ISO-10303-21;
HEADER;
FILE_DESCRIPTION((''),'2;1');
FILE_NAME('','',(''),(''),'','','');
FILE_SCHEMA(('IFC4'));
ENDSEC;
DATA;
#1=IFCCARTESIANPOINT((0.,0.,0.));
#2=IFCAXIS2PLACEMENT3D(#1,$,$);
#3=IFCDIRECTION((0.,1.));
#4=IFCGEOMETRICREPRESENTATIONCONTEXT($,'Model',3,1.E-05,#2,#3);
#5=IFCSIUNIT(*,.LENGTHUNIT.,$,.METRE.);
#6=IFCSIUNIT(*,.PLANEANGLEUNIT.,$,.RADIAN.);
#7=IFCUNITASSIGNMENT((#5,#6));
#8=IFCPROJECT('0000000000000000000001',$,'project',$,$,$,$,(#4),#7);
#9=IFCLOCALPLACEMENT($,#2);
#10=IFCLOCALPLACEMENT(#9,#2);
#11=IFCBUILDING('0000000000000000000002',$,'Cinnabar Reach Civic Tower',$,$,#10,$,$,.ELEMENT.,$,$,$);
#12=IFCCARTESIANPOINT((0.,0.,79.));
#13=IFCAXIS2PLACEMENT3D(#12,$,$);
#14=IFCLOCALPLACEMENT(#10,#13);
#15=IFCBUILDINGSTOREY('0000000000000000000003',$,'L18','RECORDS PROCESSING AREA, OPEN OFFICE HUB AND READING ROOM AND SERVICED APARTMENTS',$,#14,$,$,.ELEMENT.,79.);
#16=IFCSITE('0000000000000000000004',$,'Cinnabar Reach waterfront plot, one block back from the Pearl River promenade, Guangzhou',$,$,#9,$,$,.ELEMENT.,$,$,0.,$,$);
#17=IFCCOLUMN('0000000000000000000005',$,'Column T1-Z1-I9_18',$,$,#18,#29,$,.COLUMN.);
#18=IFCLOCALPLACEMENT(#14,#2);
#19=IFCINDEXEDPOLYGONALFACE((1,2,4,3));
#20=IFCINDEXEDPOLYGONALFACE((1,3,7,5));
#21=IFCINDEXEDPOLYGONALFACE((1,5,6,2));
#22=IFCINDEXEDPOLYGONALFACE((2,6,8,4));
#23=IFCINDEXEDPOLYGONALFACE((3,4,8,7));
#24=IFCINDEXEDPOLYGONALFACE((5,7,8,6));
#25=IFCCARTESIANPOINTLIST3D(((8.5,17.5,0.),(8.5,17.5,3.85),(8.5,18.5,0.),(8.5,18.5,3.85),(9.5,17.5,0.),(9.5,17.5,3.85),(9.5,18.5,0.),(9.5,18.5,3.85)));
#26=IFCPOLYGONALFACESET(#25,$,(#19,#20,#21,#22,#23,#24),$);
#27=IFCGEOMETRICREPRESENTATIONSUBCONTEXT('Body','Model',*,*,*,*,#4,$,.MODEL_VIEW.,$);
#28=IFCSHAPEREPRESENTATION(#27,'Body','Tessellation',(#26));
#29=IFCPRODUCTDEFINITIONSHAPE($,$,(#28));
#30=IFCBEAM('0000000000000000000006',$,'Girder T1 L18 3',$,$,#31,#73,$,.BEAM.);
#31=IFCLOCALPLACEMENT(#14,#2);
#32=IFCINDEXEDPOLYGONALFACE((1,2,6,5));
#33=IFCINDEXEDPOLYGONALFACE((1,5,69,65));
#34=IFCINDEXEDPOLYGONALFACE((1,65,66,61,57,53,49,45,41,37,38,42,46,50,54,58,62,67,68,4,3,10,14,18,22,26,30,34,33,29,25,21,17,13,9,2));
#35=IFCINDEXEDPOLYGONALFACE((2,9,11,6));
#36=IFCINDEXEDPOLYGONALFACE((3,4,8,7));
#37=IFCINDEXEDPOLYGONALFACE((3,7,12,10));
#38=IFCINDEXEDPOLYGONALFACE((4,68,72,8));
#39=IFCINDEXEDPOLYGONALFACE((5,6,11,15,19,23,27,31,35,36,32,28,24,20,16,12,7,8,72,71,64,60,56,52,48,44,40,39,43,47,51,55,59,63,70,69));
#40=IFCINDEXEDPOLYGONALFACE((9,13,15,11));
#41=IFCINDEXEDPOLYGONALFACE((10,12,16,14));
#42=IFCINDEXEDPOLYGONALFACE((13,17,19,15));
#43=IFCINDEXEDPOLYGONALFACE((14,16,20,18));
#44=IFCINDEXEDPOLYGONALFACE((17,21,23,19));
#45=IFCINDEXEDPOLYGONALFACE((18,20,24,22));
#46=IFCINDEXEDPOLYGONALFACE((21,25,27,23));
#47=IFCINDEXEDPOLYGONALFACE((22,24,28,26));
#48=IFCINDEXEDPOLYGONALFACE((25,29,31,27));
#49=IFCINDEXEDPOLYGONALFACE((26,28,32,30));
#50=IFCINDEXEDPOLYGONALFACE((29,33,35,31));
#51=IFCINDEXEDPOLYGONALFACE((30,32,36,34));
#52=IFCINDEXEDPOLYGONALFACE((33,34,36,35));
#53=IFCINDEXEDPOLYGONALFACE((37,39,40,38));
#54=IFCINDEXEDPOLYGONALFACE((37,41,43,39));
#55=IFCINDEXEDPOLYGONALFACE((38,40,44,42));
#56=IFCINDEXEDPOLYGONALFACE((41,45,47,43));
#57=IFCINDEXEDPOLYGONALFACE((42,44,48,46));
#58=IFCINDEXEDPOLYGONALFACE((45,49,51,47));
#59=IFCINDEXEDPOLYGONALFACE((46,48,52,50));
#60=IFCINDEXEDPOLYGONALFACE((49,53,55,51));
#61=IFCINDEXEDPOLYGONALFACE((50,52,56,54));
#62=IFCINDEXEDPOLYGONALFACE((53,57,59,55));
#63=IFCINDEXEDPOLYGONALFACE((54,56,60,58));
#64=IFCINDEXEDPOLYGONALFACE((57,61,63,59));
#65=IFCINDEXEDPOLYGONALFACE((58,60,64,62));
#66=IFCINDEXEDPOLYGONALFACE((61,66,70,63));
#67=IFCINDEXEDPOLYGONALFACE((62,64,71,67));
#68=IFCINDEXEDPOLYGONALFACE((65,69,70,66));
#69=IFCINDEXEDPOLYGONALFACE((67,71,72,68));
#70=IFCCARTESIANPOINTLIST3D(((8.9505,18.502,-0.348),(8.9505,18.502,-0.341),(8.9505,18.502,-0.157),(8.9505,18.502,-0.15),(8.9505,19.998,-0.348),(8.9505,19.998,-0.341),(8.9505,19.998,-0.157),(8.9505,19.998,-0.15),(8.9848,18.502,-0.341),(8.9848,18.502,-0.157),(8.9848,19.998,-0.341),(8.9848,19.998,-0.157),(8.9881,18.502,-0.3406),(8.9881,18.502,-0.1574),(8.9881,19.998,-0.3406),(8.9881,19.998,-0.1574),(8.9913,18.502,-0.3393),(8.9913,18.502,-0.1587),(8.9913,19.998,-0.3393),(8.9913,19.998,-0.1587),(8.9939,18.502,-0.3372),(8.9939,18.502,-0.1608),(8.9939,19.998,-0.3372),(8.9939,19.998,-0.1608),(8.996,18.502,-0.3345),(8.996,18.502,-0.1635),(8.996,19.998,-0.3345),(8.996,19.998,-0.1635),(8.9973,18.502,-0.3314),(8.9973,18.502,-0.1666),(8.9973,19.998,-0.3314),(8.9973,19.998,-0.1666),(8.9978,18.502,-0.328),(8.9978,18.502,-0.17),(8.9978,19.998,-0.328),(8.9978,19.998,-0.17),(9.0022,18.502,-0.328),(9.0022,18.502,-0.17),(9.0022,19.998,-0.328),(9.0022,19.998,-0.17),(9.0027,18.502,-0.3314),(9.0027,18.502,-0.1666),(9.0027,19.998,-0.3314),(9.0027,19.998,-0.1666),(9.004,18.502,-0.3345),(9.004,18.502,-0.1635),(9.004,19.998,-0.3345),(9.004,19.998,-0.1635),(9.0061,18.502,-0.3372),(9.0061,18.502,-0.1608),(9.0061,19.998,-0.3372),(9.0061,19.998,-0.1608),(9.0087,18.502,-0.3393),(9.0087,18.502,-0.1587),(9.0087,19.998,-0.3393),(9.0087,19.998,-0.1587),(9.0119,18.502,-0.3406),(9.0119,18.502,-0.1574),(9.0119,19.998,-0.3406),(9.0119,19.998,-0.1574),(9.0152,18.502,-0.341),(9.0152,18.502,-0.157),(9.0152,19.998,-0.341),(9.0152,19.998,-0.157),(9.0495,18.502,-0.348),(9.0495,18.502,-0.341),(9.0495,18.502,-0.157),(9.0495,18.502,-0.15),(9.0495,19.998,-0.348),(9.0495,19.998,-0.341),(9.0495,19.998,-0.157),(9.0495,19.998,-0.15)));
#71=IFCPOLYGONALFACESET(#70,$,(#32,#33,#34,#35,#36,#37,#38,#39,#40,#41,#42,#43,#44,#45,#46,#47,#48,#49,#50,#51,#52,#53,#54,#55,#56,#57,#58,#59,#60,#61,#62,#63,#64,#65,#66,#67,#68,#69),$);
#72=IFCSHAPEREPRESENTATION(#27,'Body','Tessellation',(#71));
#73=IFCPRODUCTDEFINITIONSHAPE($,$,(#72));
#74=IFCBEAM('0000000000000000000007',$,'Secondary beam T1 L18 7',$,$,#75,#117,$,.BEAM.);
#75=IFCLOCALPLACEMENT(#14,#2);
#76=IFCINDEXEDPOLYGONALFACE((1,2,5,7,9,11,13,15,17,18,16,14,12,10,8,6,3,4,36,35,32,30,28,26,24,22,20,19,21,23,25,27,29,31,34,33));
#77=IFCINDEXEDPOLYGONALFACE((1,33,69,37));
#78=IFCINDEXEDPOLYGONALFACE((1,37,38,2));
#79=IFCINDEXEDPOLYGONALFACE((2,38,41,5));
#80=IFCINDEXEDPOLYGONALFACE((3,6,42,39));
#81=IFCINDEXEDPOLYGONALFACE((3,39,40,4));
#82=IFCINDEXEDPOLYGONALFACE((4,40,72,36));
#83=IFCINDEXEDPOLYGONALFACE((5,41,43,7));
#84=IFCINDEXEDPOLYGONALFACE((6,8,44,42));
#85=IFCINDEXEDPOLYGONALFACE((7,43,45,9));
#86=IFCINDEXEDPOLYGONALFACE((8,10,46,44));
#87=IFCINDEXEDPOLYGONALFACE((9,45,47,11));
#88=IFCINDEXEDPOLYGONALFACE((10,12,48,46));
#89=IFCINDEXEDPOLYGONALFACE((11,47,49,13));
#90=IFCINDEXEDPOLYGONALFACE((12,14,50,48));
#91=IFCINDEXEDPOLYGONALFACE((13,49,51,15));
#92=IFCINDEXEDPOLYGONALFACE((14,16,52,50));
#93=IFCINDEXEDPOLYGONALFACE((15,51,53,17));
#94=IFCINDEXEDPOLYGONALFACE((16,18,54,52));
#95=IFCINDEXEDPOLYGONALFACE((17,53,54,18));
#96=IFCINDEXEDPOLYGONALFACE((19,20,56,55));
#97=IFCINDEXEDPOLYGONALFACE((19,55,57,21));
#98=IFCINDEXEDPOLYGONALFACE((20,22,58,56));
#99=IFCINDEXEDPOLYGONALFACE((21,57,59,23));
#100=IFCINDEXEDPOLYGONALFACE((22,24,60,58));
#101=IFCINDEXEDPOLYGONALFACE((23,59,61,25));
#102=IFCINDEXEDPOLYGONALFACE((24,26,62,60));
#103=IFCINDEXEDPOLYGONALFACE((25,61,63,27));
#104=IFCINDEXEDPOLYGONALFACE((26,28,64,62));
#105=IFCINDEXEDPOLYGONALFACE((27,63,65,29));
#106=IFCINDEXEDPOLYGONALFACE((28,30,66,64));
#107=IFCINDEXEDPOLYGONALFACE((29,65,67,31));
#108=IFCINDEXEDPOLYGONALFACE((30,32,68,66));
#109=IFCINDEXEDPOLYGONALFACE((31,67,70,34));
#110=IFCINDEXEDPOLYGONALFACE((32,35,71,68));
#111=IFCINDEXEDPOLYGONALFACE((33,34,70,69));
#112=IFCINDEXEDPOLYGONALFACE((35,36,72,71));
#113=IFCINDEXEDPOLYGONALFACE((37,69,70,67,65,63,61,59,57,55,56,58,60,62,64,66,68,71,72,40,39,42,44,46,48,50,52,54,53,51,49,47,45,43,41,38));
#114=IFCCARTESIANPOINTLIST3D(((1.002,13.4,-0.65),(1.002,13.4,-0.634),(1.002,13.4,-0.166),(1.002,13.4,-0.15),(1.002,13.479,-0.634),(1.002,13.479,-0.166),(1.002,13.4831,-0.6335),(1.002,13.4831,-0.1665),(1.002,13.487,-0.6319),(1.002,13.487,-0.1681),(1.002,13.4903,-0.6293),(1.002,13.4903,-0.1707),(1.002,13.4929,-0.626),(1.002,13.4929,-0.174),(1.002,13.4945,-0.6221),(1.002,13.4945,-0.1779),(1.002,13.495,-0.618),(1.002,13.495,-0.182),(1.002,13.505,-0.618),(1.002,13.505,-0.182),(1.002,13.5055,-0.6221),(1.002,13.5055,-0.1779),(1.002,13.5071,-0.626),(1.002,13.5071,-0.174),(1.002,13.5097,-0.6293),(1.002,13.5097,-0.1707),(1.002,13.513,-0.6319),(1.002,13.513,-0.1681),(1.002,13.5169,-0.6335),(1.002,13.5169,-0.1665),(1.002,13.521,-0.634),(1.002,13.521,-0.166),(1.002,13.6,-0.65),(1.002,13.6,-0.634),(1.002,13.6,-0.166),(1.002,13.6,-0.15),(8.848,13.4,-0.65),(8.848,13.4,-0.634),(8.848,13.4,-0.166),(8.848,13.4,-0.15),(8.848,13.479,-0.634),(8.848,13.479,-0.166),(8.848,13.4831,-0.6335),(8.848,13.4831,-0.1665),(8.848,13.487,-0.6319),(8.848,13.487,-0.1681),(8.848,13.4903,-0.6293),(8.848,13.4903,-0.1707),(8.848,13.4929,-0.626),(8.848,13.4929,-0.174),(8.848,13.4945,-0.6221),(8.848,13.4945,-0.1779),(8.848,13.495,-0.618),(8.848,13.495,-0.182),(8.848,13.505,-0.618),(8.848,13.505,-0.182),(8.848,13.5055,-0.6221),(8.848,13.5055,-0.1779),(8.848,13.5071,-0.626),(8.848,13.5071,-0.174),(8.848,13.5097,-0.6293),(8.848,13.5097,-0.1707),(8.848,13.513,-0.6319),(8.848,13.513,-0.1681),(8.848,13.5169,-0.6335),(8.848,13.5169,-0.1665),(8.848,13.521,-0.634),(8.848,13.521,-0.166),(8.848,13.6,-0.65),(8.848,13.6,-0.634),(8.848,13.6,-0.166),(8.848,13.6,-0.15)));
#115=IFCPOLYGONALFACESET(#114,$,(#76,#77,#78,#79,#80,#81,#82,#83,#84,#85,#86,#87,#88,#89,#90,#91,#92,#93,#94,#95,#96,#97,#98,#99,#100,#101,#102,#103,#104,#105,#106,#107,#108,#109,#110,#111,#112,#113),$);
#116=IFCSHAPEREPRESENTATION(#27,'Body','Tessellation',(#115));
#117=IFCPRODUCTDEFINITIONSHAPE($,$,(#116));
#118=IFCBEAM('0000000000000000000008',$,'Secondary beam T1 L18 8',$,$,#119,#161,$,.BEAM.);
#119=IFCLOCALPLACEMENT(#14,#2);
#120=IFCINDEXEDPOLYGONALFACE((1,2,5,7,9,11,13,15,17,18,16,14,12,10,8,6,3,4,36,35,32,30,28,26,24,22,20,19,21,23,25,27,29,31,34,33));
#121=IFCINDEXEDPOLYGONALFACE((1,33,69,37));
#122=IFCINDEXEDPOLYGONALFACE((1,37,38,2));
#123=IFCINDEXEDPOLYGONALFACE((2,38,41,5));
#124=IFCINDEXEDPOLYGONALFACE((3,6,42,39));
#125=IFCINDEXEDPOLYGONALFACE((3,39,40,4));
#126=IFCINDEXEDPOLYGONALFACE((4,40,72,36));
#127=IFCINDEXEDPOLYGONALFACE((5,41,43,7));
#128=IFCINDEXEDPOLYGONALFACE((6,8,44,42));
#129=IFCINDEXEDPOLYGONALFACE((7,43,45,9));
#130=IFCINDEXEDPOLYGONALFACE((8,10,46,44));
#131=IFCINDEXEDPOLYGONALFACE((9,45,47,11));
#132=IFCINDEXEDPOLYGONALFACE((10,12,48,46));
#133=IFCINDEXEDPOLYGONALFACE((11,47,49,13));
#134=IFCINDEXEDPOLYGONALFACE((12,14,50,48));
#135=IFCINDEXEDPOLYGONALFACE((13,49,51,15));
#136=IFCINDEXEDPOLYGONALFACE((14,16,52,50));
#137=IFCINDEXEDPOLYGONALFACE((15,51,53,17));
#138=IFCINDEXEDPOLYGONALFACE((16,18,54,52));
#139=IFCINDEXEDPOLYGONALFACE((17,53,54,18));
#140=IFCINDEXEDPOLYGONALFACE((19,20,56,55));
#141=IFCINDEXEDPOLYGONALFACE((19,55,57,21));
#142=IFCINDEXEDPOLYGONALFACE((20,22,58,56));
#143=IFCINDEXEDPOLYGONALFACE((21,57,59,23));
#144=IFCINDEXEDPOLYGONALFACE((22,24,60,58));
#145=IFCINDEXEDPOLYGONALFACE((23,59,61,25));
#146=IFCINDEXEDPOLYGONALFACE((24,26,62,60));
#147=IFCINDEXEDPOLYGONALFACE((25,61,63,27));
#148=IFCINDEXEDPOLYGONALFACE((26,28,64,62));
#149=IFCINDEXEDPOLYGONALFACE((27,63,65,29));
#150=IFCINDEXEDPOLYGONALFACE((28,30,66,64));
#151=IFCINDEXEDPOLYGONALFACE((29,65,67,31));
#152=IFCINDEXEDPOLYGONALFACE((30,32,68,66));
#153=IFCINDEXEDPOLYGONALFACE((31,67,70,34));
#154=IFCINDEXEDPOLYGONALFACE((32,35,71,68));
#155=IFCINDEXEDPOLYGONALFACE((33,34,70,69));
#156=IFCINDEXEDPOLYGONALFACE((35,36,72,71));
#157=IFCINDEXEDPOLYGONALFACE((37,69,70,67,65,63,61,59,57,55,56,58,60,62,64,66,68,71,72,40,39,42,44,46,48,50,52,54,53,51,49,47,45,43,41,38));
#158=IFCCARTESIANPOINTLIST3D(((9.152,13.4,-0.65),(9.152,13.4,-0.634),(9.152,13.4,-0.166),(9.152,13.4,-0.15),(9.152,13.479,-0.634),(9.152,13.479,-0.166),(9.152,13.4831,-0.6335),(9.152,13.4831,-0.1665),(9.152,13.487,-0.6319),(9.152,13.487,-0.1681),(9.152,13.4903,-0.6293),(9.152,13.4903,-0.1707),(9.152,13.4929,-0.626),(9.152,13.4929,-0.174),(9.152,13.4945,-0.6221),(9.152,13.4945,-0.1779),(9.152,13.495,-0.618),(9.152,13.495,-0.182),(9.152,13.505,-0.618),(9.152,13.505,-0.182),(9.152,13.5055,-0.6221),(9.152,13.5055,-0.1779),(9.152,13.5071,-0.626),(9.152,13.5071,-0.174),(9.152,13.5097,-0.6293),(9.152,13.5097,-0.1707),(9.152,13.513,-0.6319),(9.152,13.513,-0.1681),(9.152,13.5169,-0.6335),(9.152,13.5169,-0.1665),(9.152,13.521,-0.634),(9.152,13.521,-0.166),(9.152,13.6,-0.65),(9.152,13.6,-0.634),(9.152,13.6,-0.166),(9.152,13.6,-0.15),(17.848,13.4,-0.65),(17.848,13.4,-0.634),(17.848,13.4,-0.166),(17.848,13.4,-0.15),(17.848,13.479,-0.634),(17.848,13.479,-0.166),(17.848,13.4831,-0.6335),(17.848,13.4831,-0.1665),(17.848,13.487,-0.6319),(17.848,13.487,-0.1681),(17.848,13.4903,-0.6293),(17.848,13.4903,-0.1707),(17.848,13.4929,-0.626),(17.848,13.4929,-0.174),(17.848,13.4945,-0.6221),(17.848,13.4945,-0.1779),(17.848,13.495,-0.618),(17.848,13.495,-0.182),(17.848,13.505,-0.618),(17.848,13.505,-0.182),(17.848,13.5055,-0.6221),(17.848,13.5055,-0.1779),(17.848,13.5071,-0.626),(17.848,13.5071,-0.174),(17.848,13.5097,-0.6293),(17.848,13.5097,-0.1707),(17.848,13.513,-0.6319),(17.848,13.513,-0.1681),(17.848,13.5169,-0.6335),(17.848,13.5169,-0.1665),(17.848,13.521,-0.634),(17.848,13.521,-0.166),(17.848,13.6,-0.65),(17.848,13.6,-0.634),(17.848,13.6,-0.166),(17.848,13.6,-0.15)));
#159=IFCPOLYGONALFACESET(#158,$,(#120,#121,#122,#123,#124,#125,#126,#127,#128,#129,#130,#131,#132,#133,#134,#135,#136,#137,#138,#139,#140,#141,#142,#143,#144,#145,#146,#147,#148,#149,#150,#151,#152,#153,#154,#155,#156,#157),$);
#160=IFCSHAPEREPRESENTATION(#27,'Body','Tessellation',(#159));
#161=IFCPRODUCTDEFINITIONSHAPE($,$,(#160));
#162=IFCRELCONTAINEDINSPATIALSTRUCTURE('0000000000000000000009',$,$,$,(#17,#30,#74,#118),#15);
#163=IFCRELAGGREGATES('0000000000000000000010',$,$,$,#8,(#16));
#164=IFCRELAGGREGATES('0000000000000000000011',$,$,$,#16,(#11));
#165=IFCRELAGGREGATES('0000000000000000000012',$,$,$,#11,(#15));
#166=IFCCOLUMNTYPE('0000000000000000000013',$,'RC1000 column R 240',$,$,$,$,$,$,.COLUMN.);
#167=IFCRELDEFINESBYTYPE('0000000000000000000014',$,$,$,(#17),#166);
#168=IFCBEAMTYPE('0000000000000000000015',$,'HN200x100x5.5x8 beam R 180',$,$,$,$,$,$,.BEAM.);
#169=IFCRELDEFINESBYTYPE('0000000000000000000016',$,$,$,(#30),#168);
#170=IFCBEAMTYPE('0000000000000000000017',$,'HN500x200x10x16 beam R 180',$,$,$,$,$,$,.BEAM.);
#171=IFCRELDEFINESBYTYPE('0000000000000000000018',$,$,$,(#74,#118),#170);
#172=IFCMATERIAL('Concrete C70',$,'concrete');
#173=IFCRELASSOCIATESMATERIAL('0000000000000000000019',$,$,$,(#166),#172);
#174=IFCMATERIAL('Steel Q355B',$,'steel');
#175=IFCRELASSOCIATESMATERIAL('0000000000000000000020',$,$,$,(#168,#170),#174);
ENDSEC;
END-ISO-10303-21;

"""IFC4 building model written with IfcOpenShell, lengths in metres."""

from ifc_helpers import new_model, si_unit, direction, frame, origin, origin_2d, place, context, subcontext, project, spatial, rectangle, i_section, extrude, material, material_profile, profile_set, type_object, element, save


model = new_model("IFC4")

# Units and contexts
model_context = context("Model", 3, precision=1e-05, world=origin(), true_north=direction((0.0, 1.0)))
body_context = subcontext(model_context, "Body", "Model", "MODEL_VIEW")
ifc_project = project(units=[si_unit("LENGTHUNIT", "METRE"), si_unit("PLANEANGLEUNIT", "RADIAN")], contexts=[model_context])

# Site, building, storey
site_placement = place(None, origin())
site = spatial("IfcSite", under=ifc_project, at=site_placement, Name="Cinnabar Reach waterfront plot, one block back from the Pearl River promenade, Guangzhou", CompositionType="ELEMENT", RefElevation=0.0)
building_placement = place(site_placement, origin())
building = spatial("IfcBuilding", under=site, at=building_placement, Name="Cinnabar Reach Civic Tower", CompositionType="ELEMENT")
storey_placement = place(building_placement, frame((0.0, 0.0, 79.0)))
storey = spatial("IfcBuildingStorey", under=building, at=storey_placement, Name="L18", Description="RECORDS PROCESSING AREA, OPEN OFFICE HUB AND READING ROOM AND SERVICED APARTMENTS", CompositionType="ELEMENT", Elevation=79.0)

# Column
ifc_material_1 = material(Name="Concrete C70", Category="concrete")
ifc_material_profile_1 = material_profile(ifc_material_1, rectangle(XDim=1.0, YDim=1.0, at=origin_2d()), Name="RC1000")
ifc_profile_set_1 = profile_set([ifc_material_profile_1], Name="Concrete C70")
column_type = type_object("IfcColumnType", Name="RC1000 column R 240", PredefinedType="COLUMN", material=ifc_profile_set_1)
column_placement = place(storey_placement, frame((9.0, 18.0, 0.0), z_axis=(0.0, 0.0, 1.0), x_axis=(1.0, 0.0, 0.0)))
element("IfcColumn", 1, at=column_placement, inside=storey, type_object=column_type, Name="Column T1-Z1-I9_18", PredefinedType="COLUMN", context=body_context, shape_type="SweptSolid", body=[
    extrude(rectangle(XDim=1.0, YDim=1.0, at=origin_2d()), origin(), (0.0, 0.0, 1.0), 3.85),
])

# Beams
ifc_material_2 = material(Name="Steel Q355B", Category="steel")
ifc_material_profile_2 = material_profile(ifc_material_2, i_section(OverallWidth=0.099, OverallDepth=0.198, WebThickness=0.0045, FlangeThickness=0.007, FilletRadius=0.013, at=origin_2d()), Name="HN200x100x5.5x8")
ifc_profile_set_2 = profile_set([ifc_material_profile_2], Name="Steel Q355B")
beam_type_1 = type_object("IfcBeamType", Name="HN200x100x5.5x8 beam R 180", PredefinedType="BEAM", material=ifc_profile_set_2)
beam_1_placement = place(storey_placement, frame((9.0, 18.502, -0.249), z_axis=(0.0, 1.0, 0.0), x_axis=(-1.0, 0.0, 0.0)))
element("IfcBeam", 2, at=beam_1_placement, inside=storey, type_object=beam_type_1, Name="Girder T1 L18 3", PredefinedType="BEAM", context=body_context, shape_type="SweptSolid", body=[
    extrude(i_section(OverallWidth=0.099, OverallDepth=0.198, WebThickness=0.0045, FlangeThickness=0.007, FilletRadius=0.013, at=origin_2d()), origin(), (0.0, 0.0, 1.0), 1.496),
])
ifc_material_profile_3 = material_profile(ifc_material_2, i_section(OverallWidth=0.2, OverallDepth=0.5, WebThickness=0.01, FlangeThickness=0.016, FilletRadius=0.016, at=origin_2d()), Name="HN500x200x10x16")
ifc_profile_set_3 = profile_set([ifc_material_profile_3], Name="Steel Q355B")
beam_type_2 = type_object("IfcBeamType", Name="HN500x200x10x16 beam R 180", PredefinedType="BEAM", material=ifc_profile_set_3)
beam_2_placement = place(storey_placement, frame((1.002, 13.5, -0.4), z_axis=(1.0, 0.0, 0.0), x_axis=(0.0, 1.0, 0.0)))
element("IfcBeam", 3, at=beam_2_placement, inside=storey, type_object=beam_type_2, Name="Secondary beam T1 L18 7", PredefinedType="BEAM", context=body_context, shape_type="SweptSolid", body=[
    extrude(i_section(OverallWidth=0.2, OverallDepth=0.5, WebThickness=0.01, FlangeThickness=0.016, FilletRadius=0.016, at=origin_2d()), origin(), (0.0, 0.0, 1.0), 7.846),
])
beam_3_placement = place(storey_placement, frame((9.152, 13.5, -0.4), z_axis=(1.0, 0.0, 0.0), x_axis=(0.0, 1.0, 0.0)))
element("IfcBeam", 4, at=beam_3_placement, inside=storey, type_object=beam_type_2, Name="Secondary beam T1 L18 8", PredefinedType="BEAM", context=body_context, shape_type="SweptSolid", body=[
    extrude(i_section(OverallWidth=0.2, OverallDepth=0.5, WebThickness=0.01, FlangeThickness=0.016, FilletRadius=0.016, at=origin_2d()), origin(), (0.0, 0.0, 1.0), 8.696),
])

save(model, "model.ifc")
